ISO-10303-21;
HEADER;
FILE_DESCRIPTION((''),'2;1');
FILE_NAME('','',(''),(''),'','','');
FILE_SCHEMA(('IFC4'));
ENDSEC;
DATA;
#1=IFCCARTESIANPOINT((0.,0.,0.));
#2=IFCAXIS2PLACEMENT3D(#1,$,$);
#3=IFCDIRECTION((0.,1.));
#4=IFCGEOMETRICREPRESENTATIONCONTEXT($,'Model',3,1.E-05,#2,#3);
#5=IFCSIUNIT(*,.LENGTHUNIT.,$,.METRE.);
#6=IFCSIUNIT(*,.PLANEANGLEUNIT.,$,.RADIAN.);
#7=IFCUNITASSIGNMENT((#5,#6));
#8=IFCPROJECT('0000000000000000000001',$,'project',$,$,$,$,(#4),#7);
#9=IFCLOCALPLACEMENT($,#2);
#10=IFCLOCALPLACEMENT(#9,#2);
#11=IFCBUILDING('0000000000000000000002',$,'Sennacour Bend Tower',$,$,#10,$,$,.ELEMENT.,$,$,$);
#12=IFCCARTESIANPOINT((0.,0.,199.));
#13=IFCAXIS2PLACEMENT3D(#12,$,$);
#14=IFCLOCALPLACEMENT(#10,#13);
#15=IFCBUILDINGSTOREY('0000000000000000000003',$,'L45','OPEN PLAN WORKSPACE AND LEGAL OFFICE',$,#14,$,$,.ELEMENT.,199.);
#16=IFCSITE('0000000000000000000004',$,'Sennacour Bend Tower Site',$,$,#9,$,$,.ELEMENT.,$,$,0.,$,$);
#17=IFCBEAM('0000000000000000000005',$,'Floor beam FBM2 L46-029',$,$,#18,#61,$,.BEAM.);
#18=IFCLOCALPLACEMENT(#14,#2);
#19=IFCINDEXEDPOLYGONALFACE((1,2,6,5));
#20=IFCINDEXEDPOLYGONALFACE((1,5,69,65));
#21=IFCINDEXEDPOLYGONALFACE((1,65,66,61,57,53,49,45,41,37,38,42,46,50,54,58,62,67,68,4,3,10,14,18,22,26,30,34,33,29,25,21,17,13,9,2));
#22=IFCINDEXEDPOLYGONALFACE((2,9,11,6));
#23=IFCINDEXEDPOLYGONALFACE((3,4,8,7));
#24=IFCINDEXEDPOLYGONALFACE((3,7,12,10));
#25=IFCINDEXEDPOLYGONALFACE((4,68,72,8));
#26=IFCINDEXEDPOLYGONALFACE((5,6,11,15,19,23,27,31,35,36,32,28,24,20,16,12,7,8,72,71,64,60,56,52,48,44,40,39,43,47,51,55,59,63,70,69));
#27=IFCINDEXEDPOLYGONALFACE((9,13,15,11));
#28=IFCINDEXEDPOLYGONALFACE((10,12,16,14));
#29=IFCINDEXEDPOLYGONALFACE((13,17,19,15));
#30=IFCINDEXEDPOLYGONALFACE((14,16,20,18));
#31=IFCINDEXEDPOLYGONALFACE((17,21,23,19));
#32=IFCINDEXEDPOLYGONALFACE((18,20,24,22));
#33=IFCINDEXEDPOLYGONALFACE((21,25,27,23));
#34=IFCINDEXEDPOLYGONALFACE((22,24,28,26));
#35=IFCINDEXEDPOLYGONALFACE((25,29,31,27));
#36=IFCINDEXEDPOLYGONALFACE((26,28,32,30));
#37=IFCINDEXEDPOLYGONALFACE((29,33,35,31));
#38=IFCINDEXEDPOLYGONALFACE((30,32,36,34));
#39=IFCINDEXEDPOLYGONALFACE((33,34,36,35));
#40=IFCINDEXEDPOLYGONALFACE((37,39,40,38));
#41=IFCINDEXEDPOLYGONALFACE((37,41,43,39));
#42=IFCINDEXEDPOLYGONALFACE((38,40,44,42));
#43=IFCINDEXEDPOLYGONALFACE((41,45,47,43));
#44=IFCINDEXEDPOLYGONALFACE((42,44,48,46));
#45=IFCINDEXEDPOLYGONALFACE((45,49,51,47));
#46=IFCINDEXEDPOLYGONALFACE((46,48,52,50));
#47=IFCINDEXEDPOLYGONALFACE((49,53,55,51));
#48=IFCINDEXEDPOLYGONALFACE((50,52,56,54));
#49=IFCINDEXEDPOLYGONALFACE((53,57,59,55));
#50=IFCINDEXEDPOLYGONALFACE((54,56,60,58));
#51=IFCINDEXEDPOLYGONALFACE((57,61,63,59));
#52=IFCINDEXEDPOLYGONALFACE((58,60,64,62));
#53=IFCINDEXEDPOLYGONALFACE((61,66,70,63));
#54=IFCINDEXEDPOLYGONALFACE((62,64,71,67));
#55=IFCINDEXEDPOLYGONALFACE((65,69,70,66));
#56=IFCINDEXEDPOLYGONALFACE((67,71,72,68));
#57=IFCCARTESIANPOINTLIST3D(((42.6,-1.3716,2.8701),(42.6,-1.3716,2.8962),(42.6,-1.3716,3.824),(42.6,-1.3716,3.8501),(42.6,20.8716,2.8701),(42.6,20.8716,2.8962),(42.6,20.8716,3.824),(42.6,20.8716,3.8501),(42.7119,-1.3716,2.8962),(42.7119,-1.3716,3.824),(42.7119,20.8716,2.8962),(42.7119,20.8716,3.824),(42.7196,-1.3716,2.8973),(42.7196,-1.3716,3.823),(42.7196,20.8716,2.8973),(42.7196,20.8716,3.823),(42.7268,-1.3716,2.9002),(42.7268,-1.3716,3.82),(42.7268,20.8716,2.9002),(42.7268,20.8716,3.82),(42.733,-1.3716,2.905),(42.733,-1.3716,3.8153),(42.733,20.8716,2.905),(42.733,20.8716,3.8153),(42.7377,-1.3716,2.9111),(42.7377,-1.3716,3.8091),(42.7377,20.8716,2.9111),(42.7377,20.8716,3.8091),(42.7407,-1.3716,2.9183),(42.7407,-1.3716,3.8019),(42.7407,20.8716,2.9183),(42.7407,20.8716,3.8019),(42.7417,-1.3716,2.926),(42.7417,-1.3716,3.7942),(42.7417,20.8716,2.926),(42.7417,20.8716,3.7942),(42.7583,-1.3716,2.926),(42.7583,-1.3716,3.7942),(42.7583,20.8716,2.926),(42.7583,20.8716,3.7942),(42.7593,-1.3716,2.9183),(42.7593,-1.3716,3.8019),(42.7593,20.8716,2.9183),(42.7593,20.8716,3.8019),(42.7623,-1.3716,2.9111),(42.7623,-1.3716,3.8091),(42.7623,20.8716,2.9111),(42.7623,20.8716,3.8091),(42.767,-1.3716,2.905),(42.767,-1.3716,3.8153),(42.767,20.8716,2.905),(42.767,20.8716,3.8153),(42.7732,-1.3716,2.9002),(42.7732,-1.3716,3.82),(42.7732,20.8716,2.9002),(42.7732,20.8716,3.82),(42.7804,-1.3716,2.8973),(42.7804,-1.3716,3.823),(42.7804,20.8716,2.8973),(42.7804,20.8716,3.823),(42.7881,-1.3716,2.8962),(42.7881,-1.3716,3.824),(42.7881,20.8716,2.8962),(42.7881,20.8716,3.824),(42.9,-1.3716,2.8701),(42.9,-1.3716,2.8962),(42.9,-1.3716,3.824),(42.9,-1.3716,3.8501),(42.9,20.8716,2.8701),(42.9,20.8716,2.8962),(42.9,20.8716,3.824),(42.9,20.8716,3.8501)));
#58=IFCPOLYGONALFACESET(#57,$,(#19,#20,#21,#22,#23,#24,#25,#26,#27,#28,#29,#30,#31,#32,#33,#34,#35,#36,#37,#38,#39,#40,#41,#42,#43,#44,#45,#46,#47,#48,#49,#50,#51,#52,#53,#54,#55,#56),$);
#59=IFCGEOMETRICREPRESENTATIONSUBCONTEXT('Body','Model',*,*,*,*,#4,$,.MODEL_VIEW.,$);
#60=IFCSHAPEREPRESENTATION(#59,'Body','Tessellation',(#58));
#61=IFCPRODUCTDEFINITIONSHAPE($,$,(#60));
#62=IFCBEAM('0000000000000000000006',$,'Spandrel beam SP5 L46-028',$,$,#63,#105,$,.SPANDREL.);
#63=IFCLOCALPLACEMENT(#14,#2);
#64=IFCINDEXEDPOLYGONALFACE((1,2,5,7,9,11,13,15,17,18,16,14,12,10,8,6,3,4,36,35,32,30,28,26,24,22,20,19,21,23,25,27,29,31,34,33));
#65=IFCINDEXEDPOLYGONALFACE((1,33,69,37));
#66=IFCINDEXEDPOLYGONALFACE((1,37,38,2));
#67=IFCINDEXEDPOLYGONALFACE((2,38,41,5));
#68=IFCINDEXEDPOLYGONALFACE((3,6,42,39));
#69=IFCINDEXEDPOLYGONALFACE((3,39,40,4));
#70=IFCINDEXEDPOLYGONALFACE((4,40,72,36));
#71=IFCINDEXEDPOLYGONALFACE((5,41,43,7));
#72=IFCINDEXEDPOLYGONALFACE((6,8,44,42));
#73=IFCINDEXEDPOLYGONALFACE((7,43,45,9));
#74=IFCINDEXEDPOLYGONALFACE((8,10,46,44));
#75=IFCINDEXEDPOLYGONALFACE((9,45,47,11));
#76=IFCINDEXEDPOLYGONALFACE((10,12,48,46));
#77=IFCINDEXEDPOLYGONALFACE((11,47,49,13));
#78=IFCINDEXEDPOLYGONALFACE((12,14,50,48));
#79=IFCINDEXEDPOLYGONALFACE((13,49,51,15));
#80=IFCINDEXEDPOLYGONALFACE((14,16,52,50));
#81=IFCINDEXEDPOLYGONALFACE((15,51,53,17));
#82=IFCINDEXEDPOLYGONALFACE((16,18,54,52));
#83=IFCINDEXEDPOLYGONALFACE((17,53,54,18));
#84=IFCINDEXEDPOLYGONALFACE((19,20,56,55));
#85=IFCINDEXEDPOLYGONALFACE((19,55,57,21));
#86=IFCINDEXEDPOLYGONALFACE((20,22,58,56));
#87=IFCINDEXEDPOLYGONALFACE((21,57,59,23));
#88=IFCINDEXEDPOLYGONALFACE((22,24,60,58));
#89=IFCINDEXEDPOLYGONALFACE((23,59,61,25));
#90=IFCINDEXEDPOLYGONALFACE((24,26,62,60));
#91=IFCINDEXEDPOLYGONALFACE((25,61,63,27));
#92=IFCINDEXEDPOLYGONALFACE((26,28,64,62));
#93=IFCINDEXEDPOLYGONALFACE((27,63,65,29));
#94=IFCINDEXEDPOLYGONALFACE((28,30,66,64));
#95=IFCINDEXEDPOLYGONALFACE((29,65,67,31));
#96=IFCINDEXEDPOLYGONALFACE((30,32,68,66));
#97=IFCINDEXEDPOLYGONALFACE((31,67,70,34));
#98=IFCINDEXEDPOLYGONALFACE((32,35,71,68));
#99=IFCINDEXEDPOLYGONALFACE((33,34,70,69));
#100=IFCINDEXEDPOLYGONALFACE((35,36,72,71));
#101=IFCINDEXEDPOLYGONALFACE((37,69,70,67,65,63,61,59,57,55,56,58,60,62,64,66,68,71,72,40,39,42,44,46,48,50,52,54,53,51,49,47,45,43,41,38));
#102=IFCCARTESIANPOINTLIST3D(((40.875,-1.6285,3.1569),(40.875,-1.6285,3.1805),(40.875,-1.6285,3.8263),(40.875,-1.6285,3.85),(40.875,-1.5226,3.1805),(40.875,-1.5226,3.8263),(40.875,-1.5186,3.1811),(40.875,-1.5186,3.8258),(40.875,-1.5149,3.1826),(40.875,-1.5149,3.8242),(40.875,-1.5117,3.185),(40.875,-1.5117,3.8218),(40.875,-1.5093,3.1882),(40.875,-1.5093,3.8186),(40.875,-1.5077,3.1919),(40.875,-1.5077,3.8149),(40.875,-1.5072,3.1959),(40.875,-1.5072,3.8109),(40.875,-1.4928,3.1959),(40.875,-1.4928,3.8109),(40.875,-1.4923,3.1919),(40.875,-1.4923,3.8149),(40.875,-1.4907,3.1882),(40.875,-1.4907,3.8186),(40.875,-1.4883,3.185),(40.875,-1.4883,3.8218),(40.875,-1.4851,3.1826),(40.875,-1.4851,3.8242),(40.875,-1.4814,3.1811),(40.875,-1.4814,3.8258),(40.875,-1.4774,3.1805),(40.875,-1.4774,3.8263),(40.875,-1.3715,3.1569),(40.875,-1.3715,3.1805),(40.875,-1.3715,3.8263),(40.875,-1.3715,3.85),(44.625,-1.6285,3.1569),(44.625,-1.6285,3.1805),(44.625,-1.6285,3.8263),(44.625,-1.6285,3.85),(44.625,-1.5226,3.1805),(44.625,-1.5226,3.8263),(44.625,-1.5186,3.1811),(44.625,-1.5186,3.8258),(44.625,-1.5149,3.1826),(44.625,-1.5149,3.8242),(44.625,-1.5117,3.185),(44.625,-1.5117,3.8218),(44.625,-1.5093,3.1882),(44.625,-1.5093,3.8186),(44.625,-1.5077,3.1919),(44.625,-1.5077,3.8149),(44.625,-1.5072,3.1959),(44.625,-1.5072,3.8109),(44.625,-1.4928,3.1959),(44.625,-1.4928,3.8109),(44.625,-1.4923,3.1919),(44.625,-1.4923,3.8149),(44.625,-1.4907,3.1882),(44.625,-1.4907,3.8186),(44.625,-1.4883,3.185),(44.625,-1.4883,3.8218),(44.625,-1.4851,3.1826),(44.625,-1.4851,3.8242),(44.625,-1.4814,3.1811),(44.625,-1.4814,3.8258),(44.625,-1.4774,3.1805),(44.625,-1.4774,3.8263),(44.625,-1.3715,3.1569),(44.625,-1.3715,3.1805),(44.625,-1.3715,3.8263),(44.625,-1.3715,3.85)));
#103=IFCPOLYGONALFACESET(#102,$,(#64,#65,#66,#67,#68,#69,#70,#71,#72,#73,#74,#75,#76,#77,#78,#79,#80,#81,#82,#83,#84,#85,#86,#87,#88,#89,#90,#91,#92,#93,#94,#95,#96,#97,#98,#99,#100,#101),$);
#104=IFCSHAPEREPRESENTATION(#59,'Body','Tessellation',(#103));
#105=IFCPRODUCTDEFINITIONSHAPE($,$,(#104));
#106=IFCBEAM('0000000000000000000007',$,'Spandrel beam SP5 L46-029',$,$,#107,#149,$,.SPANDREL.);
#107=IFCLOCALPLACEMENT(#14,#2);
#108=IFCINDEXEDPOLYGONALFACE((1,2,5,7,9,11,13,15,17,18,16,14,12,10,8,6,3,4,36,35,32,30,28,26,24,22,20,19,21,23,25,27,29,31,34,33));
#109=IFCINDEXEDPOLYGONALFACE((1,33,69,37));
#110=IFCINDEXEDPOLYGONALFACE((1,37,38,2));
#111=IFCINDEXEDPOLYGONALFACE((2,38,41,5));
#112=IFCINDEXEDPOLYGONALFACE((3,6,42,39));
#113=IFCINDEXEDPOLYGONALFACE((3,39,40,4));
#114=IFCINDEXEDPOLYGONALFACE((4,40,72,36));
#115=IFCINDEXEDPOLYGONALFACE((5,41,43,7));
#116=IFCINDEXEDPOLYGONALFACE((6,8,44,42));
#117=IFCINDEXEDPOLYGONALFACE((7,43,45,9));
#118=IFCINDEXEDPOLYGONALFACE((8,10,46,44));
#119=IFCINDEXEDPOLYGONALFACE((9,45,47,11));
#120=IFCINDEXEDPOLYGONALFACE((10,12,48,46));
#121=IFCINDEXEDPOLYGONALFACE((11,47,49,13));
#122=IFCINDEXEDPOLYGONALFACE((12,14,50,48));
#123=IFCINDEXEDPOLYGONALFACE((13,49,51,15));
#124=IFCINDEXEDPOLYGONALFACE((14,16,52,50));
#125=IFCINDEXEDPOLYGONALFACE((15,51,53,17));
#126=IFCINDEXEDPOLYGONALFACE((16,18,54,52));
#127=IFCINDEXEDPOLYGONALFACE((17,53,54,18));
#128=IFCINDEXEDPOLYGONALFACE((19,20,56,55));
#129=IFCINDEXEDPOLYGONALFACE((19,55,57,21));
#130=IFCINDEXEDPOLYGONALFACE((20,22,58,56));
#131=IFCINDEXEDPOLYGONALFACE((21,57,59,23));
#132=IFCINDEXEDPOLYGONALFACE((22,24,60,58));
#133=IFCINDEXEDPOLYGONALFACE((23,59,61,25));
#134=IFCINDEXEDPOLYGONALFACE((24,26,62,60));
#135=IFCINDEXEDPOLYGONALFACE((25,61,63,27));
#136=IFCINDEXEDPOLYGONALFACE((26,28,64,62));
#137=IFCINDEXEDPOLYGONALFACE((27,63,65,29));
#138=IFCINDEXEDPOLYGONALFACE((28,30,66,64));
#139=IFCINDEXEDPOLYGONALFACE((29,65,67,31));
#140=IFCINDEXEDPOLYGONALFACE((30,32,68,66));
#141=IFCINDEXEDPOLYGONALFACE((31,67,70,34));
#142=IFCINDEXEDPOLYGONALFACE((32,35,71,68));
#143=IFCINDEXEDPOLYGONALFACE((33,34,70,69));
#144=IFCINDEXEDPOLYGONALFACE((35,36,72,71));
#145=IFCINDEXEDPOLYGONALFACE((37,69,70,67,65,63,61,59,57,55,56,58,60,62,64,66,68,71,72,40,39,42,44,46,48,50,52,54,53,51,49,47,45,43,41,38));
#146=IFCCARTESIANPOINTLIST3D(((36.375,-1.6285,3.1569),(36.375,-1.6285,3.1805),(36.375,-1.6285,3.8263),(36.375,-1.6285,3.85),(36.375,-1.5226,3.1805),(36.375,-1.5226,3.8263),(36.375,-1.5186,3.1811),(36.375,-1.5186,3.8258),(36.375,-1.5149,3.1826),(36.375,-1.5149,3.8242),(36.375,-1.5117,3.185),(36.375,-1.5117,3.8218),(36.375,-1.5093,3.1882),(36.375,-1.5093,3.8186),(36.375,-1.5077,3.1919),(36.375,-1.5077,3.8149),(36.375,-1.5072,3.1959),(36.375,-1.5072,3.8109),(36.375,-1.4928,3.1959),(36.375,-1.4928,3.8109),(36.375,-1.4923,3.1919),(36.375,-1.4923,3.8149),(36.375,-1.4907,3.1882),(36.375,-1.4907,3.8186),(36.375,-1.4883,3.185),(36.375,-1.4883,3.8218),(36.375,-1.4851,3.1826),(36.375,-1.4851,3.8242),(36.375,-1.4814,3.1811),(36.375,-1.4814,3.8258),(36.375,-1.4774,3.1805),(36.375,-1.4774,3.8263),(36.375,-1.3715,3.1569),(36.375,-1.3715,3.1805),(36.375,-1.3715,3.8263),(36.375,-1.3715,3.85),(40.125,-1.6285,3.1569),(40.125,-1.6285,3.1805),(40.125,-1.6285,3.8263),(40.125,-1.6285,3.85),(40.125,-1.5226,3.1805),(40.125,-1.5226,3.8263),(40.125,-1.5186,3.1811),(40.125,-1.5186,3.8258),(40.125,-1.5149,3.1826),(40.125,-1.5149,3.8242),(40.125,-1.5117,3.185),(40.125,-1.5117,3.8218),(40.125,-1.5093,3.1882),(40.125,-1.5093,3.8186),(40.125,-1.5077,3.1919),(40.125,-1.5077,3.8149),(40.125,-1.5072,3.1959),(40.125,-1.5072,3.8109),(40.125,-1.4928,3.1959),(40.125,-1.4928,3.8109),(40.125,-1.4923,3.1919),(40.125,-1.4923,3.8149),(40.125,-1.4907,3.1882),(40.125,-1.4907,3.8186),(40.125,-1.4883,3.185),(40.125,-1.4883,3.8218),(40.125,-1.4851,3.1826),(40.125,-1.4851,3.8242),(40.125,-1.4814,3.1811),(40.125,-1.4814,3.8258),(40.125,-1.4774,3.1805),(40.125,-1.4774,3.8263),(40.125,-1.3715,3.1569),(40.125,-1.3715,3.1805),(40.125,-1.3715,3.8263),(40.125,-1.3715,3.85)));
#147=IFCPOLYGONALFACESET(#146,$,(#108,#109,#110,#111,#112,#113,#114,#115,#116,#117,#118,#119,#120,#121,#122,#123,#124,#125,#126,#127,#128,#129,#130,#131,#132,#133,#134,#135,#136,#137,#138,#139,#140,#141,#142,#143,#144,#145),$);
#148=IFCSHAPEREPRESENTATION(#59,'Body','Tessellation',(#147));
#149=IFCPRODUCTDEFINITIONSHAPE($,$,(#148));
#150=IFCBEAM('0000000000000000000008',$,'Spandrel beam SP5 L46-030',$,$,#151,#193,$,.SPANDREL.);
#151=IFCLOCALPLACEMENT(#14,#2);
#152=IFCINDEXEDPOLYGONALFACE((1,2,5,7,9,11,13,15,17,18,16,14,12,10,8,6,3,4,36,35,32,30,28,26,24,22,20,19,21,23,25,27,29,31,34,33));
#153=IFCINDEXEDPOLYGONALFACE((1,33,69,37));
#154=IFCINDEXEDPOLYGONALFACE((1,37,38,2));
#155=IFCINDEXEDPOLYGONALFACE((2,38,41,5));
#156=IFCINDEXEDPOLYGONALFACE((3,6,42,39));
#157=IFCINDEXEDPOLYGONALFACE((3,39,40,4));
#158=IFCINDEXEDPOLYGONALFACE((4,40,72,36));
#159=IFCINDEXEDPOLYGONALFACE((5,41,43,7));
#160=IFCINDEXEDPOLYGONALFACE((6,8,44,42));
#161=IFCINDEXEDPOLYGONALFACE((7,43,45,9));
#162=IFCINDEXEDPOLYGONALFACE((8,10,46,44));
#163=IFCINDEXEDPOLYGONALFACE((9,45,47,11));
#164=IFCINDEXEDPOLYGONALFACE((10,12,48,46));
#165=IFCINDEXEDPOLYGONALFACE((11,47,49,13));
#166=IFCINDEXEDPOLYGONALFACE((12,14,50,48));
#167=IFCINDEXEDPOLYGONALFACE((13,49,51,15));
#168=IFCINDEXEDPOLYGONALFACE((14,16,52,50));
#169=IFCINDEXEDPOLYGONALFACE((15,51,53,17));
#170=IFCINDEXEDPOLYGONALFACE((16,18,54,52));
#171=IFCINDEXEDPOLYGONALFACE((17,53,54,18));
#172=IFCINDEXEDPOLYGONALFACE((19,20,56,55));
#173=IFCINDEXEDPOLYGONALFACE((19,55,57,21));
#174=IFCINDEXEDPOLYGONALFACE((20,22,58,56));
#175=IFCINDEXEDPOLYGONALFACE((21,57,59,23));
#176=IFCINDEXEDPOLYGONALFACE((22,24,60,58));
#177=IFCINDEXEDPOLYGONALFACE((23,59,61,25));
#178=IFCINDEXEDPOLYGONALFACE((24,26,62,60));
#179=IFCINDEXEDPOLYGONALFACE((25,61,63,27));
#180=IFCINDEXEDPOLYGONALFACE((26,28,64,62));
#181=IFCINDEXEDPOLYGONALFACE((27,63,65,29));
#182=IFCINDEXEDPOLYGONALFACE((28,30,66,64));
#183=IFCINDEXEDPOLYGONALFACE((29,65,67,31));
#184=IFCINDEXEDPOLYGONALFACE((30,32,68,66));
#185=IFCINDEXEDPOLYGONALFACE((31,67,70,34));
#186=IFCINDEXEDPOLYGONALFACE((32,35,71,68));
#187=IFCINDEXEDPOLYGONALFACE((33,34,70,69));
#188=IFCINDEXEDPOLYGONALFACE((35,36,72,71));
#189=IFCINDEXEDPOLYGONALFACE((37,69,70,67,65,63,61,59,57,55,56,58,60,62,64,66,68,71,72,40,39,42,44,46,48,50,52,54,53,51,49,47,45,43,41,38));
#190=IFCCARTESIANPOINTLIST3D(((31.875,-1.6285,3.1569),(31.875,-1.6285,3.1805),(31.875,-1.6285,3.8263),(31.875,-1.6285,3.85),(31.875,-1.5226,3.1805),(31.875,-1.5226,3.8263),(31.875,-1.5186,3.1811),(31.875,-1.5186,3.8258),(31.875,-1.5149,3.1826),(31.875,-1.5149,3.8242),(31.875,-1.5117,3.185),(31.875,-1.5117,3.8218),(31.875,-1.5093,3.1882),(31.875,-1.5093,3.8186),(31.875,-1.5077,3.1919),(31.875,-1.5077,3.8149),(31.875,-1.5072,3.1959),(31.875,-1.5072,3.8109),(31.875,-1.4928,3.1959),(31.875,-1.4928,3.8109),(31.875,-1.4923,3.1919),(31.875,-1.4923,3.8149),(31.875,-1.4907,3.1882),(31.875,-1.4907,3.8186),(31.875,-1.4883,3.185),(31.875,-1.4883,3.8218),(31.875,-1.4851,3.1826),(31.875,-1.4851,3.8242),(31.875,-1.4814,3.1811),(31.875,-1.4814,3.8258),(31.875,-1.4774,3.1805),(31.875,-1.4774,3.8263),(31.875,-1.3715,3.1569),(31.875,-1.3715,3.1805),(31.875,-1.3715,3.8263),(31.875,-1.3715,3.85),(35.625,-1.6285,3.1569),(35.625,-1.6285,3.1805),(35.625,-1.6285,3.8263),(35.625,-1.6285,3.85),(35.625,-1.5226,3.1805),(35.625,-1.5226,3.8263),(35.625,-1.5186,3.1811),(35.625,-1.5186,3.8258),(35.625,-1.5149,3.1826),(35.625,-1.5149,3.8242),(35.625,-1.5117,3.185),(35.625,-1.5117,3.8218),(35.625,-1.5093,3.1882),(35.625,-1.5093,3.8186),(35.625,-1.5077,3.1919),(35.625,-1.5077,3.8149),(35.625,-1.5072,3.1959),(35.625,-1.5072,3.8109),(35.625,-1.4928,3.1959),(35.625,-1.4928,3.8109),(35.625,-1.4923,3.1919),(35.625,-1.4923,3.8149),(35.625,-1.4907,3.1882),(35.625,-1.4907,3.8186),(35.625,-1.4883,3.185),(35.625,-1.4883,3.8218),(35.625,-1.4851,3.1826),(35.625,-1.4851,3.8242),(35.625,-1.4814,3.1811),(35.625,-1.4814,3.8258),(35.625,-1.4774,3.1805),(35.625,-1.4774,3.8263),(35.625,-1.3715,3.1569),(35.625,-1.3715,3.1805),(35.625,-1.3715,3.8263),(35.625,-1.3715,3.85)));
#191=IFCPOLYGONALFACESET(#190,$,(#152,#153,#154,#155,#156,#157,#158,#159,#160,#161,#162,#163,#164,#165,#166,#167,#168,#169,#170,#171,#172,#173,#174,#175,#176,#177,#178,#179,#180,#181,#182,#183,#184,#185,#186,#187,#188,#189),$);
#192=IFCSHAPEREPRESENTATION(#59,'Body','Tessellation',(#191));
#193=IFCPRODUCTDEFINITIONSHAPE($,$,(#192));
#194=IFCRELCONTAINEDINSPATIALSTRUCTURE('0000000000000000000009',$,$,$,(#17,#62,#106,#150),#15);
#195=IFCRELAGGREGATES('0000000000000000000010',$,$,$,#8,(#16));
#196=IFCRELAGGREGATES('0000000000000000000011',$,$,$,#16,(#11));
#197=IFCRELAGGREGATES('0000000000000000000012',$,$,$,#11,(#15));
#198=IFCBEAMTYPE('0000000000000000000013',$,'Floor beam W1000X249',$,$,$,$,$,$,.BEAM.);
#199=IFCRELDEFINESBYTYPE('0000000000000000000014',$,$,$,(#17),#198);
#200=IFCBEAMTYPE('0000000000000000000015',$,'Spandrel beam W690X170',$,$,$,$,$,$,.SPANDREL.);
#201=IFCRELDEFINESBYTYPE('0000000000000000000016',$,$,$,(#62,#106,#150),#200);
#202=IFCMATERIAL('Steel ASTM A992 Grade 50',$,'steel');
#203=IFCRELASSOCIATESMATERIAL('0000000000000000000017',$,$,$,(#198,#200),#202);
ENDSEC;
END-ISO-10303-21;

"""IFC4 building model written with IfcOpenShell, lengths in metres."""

from ifc_helpers import new_model, si_unit, direction, frame, origin, origin_2d, place, context, subcontext, project, spatial, i_section, extrude, material, material_profile, profile_set, type_object, element, save


model = new_model("IFC4")

# Units and contexts
model_context = context("Model", 3, precision=1e-05, world=origin(), true_north=direction((0.0, 1.0)))
body_context = subcontext(model_context, "Body", "Model", "MODEL_VIEW")
ifc_project = project(units=[si_unit("LENGTHUNIT", "METRE"), si_unit("PLANEANGLEUNIT", "RADIAN")], contexts=[model_context])

# Site, building, storey
site_placement = place(None, origin())
site = spatial("IfcSite", under=ifc_project, at=site_placement, Name="Sennacour Bend Tower Site", CompositionType="ELEMENT", RefElevation=0.0)
building_placement = place(site_placement, origin())
building = spatial("IfcBuilding", under=site, at=building_placement, Name="Sennacour Bend Tower", CompositionType="ELEMENT")
storey_placement = place(building_placement, frame((0.0, 0.0, 199.0)))
storey = spatial("IfcBuildingStorey", under=building, at=storey_placement, Name="L45", Description="OPEN PLAN WORKSPACE AND LEGAL OFFICE", CompositionType="ELEMENT", Elevation=199.0)

# Beams
ifc_material_1 = material(Name="Steel ASTM A992 Grade 50", Category="steel")
ifc_material_profile_1 = material_profile(ifc_material_1, i_section(OverallWidth=0.3, OverallDepth=0.98, WebThickness=0.0166, FlangeThickness=0.0261, FilletRadius=0.0298, at=origin_2d()), Name="Steel ASTM A992 Grade 50", Category="steel")
ifc_profile_set_1 = profile_set([ifc_material_profile_1], Name="Steel ASTM A992 Grade 50")
beam_type_1 = type_object("IfcBeamType", Name="Floor beam W1000X249", PredefinedType="BEAM", material=ifc_profile_set_1)
beam_1_placement = place(storey_placement, frame((42.75, -1.3716, 3.3601), z_axis=(0.0, 1.0, 0.0), x_axis=(-1.0, 0.0, 0.0)))
element("IfcBeam", 1, at=beam_1_placement, inside=storey, type_object=beam_type_1, Name="Floor beam FBM2 L46-029", PredefinedType="BEAM", context=body_context, shape_type="SweptSolid", body=[
    extrude(i_section(OverallWidth=0.3, OverallDepth=0.98, WebThickness=0.0166, FlangeThickness=0.0261, FilletRadius=0.0298, at=origin_2d()), origin(), (0.0, 0.0, 1.0), 22.2432),
])
ifc_material_profile_2 = material_profile(ifc_material_1, i_section(OverallWidth=0.2571, OverallDepth=0.6931, WebThickness=0.0144, FlangeThickness=0.0237, FilletRadius=0.0154, at=origin_2d()), Name="Steel ASTM A992 Grade 50", Category="steel")
ifc_profile_set_2 = profile_set([ifc_material_profile_2], Name="Steel ASTM A992 Grade 50")
beam_type_2 = type_object("IfcBeamType", Name="Spandrel beam W690X170", PredefinedType="SPANDREL", material=ifc_profile_set_2)
for number, where, z_axis, x_axis, name in (
    (2, (44.625, -1.5, 3.5034), (-1.0, 0.0, 0.0), (0.0, -1.0, 0.0), "Spandrel beam SP5 L46-028"),
    (3, (40.125, -1.5, 3.5034), (-1.0, 0.0, 0.0), (0.0, -1.0, 0.0), "Spandrel beam SP5 L46-029"),
    (4, (35.625, -1.5, 3.5034), (-1.0, 0.0, 0.0), (0.0, -1.0, 0.0), "Spandrel beam SP5 L46-030"),
):
    element("IfcBeam", number, at=place(storey_placement, frame(where, z_axis=z_axis, x_axis=x_axis)), inside=storey, type_object=beam_type_2, Name=name, PredefinedType="SPANDREL", context=body_context, shape_type="SweptSolid", body=[
        extrude(i_section(OverallWidth=0.2571, OverallDepth=0.6931, WebThickness=0.0144, FlangeThickness=0.0237, FilletRadius=0.0154, at=origin_2d()), origin(), (0.0, 0.0, 1.0), 3.75),
    ])

save(model, "model.ifc")
